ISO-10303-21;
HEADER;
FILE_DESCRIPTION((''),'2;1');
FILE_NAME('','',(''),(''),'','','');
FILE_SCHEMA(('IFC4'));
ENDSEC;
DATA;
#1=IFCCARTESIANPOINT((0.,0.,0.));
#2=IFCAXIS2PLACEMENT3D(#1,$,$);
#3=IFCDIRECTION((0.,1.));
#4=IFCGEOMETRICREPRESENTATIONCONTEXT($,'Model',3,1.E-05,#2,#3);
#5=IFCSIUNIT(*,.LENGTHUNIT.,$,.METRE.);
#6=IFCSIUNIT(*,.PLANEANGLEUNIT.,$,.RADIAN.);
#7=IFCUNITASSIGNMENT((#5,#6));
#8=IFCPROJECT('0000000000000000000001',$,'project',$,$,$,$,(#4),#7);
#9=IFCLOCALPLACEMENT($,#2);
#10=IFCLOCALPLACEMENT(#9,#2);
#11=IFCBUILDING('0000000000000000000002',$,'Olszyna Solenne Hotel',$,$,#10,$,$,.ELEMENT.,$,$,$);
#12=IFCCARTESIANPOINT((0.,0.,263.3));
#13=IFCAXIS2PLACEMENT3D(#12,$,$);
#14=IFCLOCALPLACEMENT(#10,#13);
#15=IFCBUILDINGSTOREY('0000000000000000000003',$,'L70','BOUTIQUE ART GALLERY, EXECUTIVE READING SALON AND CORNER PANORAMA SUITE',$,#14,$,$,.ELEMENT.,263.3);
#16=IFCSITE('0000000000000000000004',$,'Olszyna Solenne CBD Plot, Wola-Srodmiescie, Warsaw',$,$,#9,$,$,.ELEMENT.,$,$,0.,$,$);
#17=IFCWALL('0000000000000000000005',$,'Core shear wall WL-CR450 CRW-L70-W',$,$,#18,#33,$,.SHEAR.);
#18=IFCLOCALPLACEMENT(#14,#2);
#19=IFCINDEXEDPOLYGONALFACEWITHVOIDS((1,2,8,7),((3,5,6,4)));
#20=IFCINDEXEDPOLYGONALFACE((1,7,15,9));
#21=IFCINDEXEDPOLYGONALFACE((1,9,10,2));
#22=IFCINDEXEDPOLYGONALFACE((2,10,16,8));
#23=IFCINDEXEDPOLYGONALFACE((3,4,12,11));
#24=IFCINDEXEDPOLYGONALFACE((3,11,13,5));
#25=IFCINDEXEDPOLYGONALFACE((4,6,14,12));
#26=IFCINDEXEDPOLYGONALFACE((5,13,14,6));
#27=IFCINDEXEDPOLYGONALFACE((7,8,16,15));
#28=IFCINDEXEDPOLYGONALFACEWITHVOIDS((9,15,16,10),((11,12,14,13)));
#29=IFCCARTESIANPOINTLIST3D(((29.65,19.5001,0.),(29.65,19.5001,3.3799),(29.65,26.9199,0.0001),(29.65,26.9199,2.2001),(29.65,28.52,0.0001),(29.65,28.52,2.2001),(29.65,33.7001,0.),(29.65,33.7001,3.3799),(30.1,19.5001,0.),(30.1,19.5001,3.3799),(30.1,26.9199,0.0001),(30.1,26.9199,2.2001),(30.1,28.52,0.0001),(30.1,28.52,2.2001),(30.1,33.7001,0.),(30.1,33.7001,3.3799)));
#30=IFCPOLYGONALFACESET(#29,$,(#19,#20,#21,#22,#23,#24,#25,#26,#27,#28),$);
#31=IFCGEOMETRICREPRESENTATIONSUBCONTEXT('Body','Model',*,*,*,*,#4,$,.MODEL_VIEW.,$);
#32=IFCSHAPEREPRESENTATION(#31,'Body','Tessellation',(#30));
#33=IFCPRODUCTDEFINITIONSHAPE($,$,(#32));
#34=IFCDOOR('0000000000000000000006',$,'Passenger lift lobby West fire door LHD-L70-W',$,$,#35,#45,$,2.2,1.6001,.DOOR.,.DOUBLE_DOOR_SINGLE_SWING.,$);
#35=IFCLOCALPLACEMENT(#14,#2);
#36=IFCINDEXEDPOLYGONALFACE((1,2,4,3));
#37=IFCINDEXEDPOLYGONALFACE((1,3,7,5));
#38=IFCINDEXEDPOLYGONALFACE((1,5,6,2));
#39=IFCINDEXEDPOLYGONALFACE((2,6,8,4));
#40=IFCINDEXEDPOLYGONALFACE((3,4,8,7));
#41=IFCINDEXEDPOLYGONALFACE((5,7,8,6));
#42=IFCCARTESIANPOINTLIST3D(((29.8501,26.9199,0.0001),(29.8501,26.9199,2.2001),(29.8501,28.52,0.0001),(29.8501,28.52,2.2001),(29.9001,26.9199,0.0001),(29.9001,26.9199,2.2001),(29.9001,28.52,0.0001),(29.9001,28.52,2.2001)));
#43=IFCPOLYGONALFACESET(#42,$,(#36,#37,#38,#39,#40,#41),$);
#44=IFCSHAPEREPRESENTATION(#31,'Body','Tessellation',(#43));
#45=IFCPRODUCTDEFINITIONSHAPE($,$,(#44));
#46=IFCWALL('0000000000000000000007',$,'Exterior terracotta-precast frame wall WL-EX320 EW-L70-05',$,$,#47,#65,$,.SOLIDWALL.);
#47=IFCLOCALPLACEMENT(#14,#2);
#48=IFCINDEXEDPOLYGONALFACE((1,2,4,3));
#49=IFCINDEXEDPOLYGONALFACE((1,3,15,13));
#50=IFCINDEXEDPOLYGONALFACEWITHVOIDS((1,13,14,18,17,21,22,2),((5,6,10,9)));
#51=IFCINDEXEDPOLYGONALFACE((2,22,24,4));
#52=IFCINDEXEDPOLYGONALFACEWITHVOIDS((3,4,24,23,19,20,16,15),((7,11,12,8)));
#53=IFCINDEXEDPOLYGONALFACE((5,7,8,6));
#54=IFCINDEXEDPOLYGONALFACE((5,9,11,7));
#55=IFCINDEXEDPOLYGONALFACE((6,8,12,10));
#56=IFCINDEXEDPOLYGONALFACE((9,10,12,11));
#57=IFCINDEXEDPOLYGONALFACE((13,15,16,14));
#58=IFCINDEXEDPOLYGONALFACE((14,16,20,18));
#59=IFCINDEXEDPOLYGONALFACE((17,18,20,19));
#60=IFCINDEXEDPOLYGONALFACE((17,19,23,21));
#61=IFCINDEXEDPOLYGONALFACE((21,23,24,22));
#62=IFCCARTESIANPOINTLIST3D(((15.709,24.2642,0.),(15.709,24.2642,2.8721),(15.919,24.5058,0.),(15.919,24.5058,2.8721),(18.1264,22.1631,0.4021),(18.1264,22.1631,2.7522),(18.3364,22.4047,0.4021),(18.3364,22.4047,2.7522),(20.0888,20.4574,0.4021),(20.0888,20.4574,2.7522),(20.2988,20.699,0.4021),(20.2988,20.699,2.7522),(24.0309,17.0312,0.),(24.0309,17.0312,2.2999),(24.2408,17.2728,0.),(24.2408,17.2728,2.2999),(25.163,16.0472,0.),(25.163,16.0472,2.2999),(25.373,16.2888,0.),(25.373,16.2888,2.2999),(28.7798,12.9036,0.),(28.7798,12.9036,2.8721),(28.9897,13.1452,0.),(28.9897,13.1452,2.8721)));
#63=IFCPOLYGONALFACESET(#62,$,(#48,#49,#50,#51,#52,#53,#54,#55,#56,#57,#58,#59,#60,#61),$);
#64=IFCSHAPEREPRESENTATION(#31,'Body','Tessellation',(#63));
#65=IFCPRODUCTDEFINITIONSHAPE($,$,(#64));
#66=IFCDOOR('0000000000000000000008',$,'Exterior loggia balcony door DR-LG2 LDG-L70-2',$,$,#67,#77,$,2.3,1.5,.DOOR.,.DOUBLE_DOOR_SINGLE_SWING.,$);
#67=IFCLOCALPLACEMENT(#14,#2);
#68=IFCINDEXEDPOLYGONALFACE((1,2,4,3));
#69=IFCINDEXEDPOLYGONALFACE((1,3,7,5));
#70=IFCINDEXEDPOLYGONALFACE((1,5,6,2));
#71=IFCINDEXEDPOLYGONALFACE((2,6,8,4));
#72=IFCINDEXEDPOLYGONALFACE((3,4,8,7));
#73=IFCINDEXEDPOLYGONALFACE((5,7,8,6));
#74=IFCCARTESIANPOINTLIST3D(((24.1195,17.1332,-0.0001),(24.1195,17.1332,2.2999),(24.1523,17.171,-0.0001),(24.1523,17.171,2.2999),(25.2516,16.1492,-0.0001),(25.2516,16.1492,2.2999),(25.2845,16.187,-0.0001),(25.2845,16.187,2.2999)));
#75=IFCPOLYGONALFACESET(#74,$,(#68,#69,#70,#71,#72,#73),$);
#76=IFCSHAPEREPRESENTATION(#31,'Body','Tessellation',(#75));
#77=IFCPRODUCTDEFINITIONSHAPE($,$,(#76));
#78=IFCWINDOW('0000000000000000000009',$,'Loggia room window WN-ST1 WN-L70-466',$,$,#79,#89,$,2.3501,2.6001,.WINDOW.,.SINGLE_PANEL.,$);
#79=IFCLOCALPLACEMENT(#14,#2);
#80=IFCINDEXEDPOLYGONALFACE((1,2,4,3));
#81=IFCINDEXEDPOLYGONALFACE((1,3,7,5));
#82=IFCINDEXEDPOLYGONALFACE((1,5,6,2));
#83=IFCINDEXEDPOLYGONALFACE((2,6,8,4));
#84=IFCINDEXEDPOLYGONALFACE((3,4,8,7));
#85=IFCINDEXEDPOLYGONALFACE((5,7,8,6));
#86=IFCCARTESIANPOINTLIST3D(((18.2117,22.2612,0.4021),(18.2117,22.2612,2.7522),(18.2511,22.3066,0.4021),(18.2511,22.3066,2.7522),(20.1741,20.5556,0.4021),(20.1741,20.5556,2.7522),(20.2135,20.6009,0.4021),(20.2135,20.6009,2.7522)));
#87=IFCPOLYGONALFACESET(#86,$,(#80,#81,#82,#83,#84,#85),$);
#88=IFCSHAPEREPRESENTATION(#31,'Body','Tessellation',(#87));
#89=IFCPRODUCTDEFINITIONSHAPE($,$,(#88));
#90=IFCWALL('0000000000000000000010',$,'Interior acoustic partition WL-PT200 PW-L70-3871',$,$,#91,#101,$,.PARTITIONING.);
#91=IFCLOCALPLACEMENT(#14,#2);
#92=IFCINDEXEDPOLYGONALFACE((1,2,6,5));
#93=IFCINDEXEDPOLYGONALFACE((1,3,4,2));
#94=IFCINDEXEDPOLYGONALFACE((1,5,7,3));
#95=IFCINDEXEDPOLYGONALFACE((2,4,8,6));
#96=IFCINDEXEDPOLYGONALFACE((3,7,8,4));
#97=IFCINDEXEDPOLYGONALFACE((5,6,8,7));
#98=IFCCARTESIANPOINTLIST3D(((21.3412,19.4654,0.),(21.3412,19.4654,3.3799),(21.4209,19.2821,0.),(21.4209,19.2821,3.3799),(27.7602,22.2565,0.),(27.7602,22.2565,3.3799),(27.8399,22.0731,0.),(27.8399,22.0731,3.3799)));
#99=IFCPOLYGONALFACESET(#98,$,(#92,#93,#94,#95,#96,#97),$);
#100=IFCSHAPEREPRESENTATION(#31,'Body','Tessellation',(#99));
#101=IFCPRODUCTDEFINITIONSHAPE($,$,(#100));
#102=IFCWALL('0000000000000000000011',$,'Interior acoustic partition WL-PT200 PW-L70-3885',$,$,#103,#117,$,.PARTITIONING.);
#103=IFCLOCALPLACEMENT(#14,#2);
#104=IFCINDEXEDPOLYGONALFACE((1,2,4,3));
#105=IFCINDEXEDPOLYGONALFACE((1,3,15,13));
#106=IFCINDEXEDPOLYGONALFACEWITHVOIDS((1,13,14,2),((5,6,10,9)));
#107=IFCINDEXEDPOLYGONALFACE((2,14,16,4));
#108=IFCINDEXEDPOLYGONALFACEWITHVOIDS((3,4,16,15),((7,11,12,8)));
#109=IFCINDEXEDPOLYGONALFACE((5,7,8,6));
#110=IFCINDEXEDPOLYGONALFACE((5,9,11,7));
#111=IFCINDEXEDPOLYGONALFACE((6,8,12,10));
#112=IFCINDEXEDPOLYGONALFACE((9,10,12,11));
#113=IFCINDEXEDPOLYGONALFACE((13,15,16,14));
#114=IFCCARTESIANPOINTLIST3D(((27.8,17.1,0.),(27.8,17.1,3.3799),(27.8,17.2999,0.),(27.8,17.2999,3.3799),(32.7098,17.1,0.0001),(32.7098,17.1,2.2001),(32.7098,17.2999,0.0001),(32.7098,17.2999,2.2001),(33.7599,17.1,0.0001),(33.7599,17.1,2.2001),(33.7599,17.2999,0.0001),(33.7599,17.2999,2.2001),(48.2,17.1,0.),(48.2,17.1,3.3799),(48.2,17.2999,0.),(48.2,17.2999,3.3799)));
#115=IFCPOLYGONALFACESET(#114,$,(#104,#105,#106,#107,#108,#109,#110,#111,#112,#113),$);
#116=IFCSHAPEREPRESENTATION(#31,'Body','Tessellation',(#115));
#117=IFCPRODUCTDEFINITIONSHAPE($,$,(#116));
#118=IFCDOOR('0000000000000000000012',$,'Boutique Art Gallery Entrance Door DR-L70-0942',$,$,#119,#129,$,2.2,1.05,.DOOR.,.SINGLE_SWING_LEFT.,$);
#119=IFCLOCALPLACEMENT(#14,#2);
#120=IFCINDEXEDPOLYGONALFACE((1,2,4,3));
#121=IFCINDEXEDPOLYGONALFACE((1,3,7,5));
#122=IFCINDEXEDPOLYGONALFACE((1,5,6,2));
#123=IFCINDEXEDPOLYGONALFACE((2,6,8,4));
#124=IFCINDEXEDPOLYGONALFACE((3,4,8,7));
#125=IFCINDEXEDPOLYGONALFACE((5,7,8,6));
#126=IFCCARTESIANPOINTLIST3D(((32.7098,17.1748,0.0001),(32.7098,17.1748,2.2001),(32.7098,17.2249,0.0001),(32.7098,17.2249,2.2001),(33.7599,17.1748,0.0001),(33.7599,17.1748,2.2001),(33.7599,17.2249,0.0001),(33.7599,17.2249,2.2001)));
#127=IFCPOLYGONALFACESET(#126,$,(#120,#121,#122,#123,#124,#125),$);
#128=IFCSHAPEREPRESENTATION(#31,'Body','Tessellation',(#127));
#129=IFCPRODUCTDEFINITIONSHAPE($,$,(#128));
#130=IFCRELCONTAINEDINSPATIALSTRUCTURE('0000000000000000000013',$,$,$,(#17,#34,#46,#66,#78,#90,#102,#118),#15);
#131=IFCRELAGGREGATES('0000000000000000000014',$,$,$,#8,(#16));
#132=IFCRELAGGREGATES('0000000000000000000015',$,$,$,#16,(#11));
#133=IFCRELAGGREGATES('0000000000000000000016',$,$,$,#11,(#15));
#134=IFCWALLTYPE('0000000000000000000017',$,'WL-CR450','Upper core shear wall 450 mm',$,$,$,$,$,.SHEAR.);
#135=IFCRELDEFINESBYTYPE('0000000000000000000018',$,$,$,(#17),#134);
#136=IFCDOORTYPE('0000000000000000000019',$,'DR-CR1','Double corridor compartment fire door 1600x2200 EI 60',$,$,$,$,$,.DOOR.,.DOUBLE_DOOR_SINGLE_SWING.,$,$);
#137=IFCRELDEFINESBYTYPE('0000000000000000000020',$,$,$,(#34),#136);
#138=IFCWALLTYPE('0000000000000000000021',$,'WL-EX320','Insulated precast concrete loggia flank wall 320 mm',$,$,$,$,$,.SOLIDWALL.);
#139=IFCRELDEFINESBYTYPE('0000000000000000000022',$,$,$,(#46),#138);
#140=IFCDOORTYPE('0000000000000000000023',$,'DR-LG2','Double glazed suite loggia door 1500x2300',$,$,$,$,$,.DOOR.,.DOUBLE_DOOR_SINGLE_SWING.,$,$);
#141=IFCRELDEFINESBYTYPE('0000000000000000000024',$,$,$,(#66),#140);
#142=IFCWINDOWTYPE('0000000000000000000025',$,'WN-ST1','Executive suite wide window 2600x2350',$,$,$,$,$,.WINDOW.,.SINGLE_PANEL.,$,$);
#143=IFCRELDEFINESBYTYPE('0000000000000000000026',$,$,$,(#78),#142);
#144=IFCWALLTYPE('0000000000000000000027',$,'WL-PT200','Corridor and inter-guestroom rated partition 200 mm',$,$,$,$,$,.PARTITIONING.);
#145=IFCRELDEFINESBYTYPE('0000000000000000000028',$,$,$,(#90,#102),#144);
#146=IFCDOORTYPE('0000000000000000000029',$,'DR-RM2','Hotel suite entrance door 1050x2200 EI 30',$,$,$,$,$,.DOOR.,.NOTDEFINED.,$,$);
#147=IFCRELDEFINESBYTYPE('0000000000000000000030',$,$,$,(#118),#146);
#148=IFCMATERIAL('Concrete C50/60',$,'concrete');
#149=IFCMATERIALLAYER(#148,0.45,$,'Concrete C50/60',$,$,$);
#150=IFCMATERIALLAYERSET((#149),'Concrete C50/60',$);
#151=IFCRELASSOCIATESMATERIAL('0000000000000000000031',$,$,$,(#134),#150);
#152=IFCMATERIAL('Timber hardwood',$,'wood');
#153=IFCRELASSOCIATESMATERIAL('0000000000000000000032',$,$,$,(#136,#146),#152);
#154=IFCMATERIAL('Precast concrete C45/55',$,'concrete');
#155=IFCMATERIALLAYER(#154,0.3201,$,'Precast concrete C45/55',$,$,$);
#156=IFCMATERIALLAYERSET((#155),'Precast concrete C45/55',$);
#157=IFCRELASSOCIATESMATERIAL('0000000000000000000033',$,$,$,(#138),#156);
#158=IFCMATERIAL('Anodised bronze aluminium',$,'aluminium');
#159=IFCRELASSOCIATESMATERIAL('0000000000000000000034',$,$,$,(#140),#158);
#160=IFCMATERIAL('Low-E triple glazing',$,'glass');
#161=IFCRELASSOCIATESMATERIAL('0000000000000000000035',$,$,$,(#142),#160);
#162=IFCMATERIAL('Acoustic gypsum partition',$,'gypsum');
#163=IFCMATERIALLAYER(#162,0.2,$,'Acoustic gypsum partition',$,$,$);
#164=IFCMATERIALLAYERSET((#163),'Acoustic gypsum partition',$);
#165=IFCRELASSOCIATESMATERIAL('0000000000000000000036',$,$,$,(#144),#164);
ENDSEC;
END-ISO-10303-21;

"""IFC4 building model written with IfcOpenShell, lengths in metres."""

from ifc_helpers import new_model, si_unit, direction, frame, frame_2d, origin, place, context, subcontext, project, spatial, rectangle, extrude, source, transform, mapped, material, layer, layer_set, type_object, type_shapes, element, fill, save


model = new_model("IFC4")

# Units and contexts
model_context = context("Model", 3, precision=1e-05, world=origin(), true_north=direction((0.0, 1.0)))
body_context = subcontext(model_context, "Body", "Model", "MODEL_VIEW")
ifc_project = project(units=[si_unit("LENGTHUNIT", "METRE"), si_unit("PLANEANGLEUNIT", "RADIAN")], contexts=[model_context])

# Site, building, storey
site_placement = place(None, origin())
site = spatial("IfcSite", under=ifc_project, at=site_placement, Name="Olszyna Solenne CBD Plot, Wola-Srodmiescie, Warsaw", CompositionType="ELEMENT", RefElevation=0.0)
building_placement = place(site_placement, origin())
building = spatial("IfcBuilding", under=site, at=building_placement, Name="Olszyna Solenne Hotel", CompositionType="ELEMENT")
storey_placement = place(building_placement, frame((0.0, 0.0, 263.3)))
storey = spatial("IfcBuildingStorey", under=building, at=storey_placement, Name="L70", Description="BOUTIQUE ART GALLERY, EXECUTIVE READING SALON AND CORNER PANORAMA SUITE", CompositionType="ELEMENT", Elevation=263.3)

# Shared definitions
ifc_material_1 = material(Name="Anodised bronze aluminium", Category="aluminium")

# Shared definitions
ifc_material_2 = material(Name="Precast concrete C45/55", Category="concrete")
ifc_material_3 = material(Name="Concrete C50/60", Category="concrete")

# Wall, opening, door
ifc_layer_1 = layer(ifc_material_3, 0.45, Name="Concrete C50/60")
ifc_layer_set_1 = layer_set([ifc_layer_1], Name="Concrete C50/60")
wall_type_1 = type_object("IfcWallType", Name="WL-CR450", Description="Upper core shear wall 450 mm", PredefinedType="SHEAR", material=ifc_layer_set_1)
wall_1_placement = place(storey_placement, frame((29.875, 19.5, 0.0), z_axis=(0.0, 0.0, 1.0), x_axis=(0.0, 1.0, 0.0)))
wall_1 = element("IfcWall", 1, at=wall_1_placement, inside=storey, type_object=wall_type_1, Name="Core shear wall WL-CR450 CRW-L70-W", PredefinedType="SHEAR", context=body_context, shape_type="SweptSolid", body=[
    extrude(rectangle(XDim=14.2, YDim=0.45, at=frame_2d((7.1001, 0.0))), origin(), (0.0, 0.0, 1.0), 3.3799),
])
opening_1_placement = place(wall_1_placement, frame((7.4199, 0.0, 0.0)))
opening_1 = element("IfcOpeningElement", 2, at=opening_1_placement, cuts=wall_1, PredefinedType="OPENING", context=body_context, shape_type="SweptSolid", body=[
    extrude(rectangle(XDim=1.6001, YDim=2.2, at=frame_2d((0.8, 1.1001))), frame((0.0, 0.2349, 0.0), z_axis=(0.0, -1.0, 0.0), x_axis=(1.0, 0.0, 0.0)), (0.0, 0.0, 1.0), 0.47),
])
ifc_material_4 = material(Name="Timber hardwood", Category="wood")
door_type_1 = type_object("IfcDoorType", Name="DR-CR1", Description="Double corridor compartment fire door 1600x2200 EI 60", OperationType="DOUBLE_DOOR_SINGLE_SWING", PredefinedType="DOOR", material=ifc_material_4)
shared_shape_1 = source(origin(), body_context, "Body", "SweptSolid", [
    extrude(rectangle(XDim=1.6001, YDim=2.2, at=frame_2d((0.8, 1.1001))), frame((0.0, 0.0249, 0.0), z_axis=(0.0, -1.0, 0.0), x_axis=(1.0, 0.0, 0.0)), (0.0, 0.0, 1.0), 0.05),
])
type_shapes(door_type_1, [shared_shape_1])
door_1_placement = place(opening_1_placement, origin())
door_1 = element("IfcDoor", 3, at=door_1_placement, inside=storey, type_object=door_type_1, Name="Passenger lift lobby West fire door LHD-L70-W", OperationType="DOUBLE_DOOR_SINGLE_SWING", OverallHeight=2.2, OverallWidth=1.6001, PredefinedType="DOOR", context=body_context, shape_type="MappedRepresentation", body=[
    mapped(shared_shape_1, transform((0.0, 0.0, 0.0), x_axis=(1.0, 0.0, 0.0), y_axis=(0.0, 1.0, 0.0), z_axis=(0.0, 0.0, 1.0), scale=1.0)),
])
fill(opening_1, door_1)

# Wall, openings, door, window
ifc_layer_2 = layer(ifc_material_2, 0.3201, Name="Precast concrete C45/55")
ifc_layer_set_2 = layer_set([ifc_layer_2], Name="Precast concrete C45/55")
wall_type_2 = type_object("IfcWallType", Name="WL-EX320", Description="Insulated precast concrete loggia flank wall 320 mm", PredefinedType="SOLIDWALL", material=ifc_layer_set_2)
wall_2_placement = place(storey_placement, frame((28.8848, 13.0244, 0.0), z_axis=(0.0, 0.0, 1.0), x_axis=(-0.754758, 0.656004, 0.0)))
wall_2 = element("IfcWall", 4, at=wall_2_placement, inside=storey, type_object=wall_type_2, Name="Exterior terracotta-precast frame wall WL-EX320 EW-L70-05", PredefinedType="SOLIDWALL", context=body_context, shape_type="SweptSolid", body=[
    extrude(rectangle(XDim=17.3179, YDim=0.3201, at=frame_2d((8.6589, 0.0))), origin(), (0.0, 0.0, 1.0), 2.8721),
])
opening_2_placement = place(wall_2_placement, frame((4.792, 0.0, 0.0)))
opening_2 = element("IfcOpeningElement", 5, at=opening_2_placement, cuts=wall_2, PredefinedType="OPENING", context=body_context, shape_type="SweptSolid", body=[
    extrude(rectangle(XDim=1.5, YDim=2.3, at=frame_2d((0.75, 1.1499))), frame((0.0, 0.1699, 0.0), z_axis=(0.0, -1.0, 0.0), x_axis=(1.0, 0.0, 0.0)), (0.0, 0.0, 1.0), 0.3401),
])
opening_3_placement = place(wall_2_placement, frame((11.5149, 0.0, 0.4021)))
opening_3 = element("IfcOpeningElement", 6, at=opening_3_placement, cuts=wall_2, PredefinedType="OPENING", context=body_context, shape_type="SweptSolid", body=[
    extrude(rectangle(XDim=2.6001, YDim=2.3501, at=frame_2d((1.3, 1.175))), frame((0.0, 0.1699, 0.0), z_axis=(0.0, -1.0, 0.0), x_axis=(1.0, 0.0, 0.0)), (0.0, 0.0, 1.0), 0.3401),
])
door_type_2 = type_object("IfcDoorType", Name="DR-LG2", Description="Double glazed suite loggia door 1500x2300", OperationType="DOUBLE_DOOR_SINGLE_SWING", PredefinedType="DOOR", material=ifc_material_1)
shared_shape_2 = source(origin(), body_context, "Body", "SweptSolid", [
    extrude(rectangle(XDim=1.5, YDim=2.3, at=frame_2d((0.75, 1.1499))), frame((0.0, 0.0249, 0.0), z_axis=(0.0, -1.0, 0.0), x_axis=(1.0, 0.0, 0.0)), (0.0, 0.0, 1.0), 0.05),
])
type_shapes(door_type_2, [shared_shape_2])
door_2_placement = place(opening_2_placement, origin())
door_2 = element("IfcDoor", 7, at=door_2_placement, inside=storey, type_object=door_type_2, Name="Exterior loggia balcony door DR-LG2 LDG-L70-2", OperationType="DOUBLE_DOOR_SINGLE_SWING", OverallHeight=2.3, OverallWidth=1.5, PredefinedType="DOOR", context=body_context, shape_type="MappedRepresentation", body=[
    mapped(shared_shape_2, transform((0.0, 0.0, 0.0), x_axis=(1.0, 0.0, 0.0), y_axis=(0.0, 1.0, 0.0), z_axis=(0.0, 0.0, 1.0), scale=1.0)),
])
fill(opening_2, door_2)
ifc_material_5 = material(Name="Low-E triple glazing", Category="glass")
window_type = type_object("IfcWindowType", Name="WN-ST1", Description="Executive suite wide window 2600x2350", PartitioningType="SINGLE_PANEL", PredefinedType="WINDOW", material=ifc_material_5)
shared_shape_3 = source(origin(), body_context, "Body", "SweptSolid", [
    extrude(rectangle(XDim=2.6001, YDim=2.3501, at=frame_2d((1.3, 1.175))), frame((0.0, 0.03, 0.0), z_axis=(0.0, -1.0, 0.0), x_axis=(1.0, 0.0, 0.0)), (0.0, 0.0, 1.0), 0.0601),
])
type_shapes(window_type, [shared_shape_3])
window_placement = place(opening_3_placement, origin())
window = element("IfcWindow", 8, at=window_placement, inside=storey, type_object=window_type, Name="Loggia room window WN-ST1 WN-L70-466", OverallHeight=2.3501, OverallWidth=2.6001, PartitioningType="SINGLE_PANEL", PredefinedType="WINDOW", context=body_context, shape_type="MappedRepresentation", body=[
    mapped(shared_shape_3, transform((0.0, 0.0, 0.0), x_axis=(1.0, 0.0, 0.0), y_axis=(0.0, 1.0, 0.0), z_axis=(0.0, 0.0, 1.0), scale=1.0)),
])
fill(opening_3, window)

# Wall
ifc_material_6 = material(Name="Acoustic gypsum partition", Category="gypsum")
ifc_layer_3 = layer(ifc_material_6, 0.2, Name="Acoustic gypsum partition")
ifc_layer_set_3 = layer_set([ifc_layer_3], Name="Acoustic gypsum partition")
wall_type_3 = type_object("IfcWallType", Name="WL-PT200", Description="Corridor and inter-guestroom rated partition 200 mm", PredefinedType="PARTITIONING", material=ifc_layer_set_3)
wall_3_placement = place(storey_placement, frame((27.8, 22.1648, 0.0), z_axis=(0.0, 0.0, 1.0), x_axis=(-0.917061, -0.398747, 0.0)))
element("IfcWall", 9, at=wall_3_placement, inside=storey, type_object=wall_type_3, Name="Interior acoustic partition WL-PT200 PW-L70-3871", PredefinedType="PARTITIONING", context=body_context, shape_type="SweptSolid", body=[
    extrude(rectangle(XDim=6.9995, YDim=0.2, at=frame_2d((3.4998, 0.0))), origin(), (0.0, 0.0, 1.0), 3.3799),
])

# Wall, opening, door
wall_4_placement = place(storey_placement, frame((27.8, 17.2, 0.0), z_axis=(0.0, 0.0, 1.0), x_axis=(1.0, 0.0, 0.0)))
wall_4 = element("IfcWall", 10, at=wall_4_placement, inside=storey, type_object=wall_type_3, Name="Interior acoustic partition WL-PT200 PW-L70-3885", PredefinedType="PARTITIONING", context=body_context, shape_type="SweptSolid", body=[
    extrude(rectangle(XDim=20.3999, YDim=0.2, at=frame_2d((10.2, 0.0))), origin(), (0.0, 0.0, 1.0), 3.3799),
])
opening_4_placement = place(wall_4_placement, frame((4.9099, 0.0, 0.0)))
opening_4 = element("IfcOpeningElement", 11, at=opening_4_placement, cuts=wall_4, PredefinedType="OPENING", context=body_context, shape_type="SweptSolid", body=[
    extrude(rectangle(XDim=1.05, YDim=2.2, at=frame_2d((0.5249, 1.1001))), frame((0.0, 0.1099, 0.0), z_axis=(0.0, -1.0, 0.0), x_axis=(1.0, 0.0, 0.0)), (0.0, 0.0, 1.0), 0.22),
])
door_type_3 = type_object("IfcDoorType", Name="DR-RM2", Description="Hotel suite entrance door 1050x2200 EI 30", OperationType="NOTDEFINED", PredefinedType="DOOR", material=ifc_material_4)
shared_shape_4 = source(origin(), body_context, "Body", "SweptSolid", [
    extrude(rectangle(XDim=1.05, YDim=2.2, at=frame_2d((0.5249, 1.1001))), frame((0.0, 0.0249, 0.0), z_axis=(0.0, -1.0, 0.0), x_axis=(1.0, 0.0, 0.0)), (0.0, 0.0, 1.0), 0.05),
])
type_shapes(door_type_3, [shared_shape_4])
door_3_placement = place(opening_4_placement, origin())
door_3 = element("IfcDoor", 12, at=door_3_placement, inside=storey, type_object=door_type_3, Name="Boutique Art Gallery Entrance Door DR-L70-0942", OperationType="SINGLE_SWING_LEFT", OverallHeight=2.2, OverallWidth=1.05, PredefinedType="DOOR", context=body_context, shape_type="MappedRepresentation", body=[
    mapped(shared_shape_4, transform((0.0, 0.0, 0.0), x_axis=(1.0, 0.0, 0.0), y_axis=(0.0, 1.0, 0.0), z_axis=(0.0, 0.0, 1.0), scale=1.0)),
])
fill(opening_4, door_3)

save(model, "model.ifc")
